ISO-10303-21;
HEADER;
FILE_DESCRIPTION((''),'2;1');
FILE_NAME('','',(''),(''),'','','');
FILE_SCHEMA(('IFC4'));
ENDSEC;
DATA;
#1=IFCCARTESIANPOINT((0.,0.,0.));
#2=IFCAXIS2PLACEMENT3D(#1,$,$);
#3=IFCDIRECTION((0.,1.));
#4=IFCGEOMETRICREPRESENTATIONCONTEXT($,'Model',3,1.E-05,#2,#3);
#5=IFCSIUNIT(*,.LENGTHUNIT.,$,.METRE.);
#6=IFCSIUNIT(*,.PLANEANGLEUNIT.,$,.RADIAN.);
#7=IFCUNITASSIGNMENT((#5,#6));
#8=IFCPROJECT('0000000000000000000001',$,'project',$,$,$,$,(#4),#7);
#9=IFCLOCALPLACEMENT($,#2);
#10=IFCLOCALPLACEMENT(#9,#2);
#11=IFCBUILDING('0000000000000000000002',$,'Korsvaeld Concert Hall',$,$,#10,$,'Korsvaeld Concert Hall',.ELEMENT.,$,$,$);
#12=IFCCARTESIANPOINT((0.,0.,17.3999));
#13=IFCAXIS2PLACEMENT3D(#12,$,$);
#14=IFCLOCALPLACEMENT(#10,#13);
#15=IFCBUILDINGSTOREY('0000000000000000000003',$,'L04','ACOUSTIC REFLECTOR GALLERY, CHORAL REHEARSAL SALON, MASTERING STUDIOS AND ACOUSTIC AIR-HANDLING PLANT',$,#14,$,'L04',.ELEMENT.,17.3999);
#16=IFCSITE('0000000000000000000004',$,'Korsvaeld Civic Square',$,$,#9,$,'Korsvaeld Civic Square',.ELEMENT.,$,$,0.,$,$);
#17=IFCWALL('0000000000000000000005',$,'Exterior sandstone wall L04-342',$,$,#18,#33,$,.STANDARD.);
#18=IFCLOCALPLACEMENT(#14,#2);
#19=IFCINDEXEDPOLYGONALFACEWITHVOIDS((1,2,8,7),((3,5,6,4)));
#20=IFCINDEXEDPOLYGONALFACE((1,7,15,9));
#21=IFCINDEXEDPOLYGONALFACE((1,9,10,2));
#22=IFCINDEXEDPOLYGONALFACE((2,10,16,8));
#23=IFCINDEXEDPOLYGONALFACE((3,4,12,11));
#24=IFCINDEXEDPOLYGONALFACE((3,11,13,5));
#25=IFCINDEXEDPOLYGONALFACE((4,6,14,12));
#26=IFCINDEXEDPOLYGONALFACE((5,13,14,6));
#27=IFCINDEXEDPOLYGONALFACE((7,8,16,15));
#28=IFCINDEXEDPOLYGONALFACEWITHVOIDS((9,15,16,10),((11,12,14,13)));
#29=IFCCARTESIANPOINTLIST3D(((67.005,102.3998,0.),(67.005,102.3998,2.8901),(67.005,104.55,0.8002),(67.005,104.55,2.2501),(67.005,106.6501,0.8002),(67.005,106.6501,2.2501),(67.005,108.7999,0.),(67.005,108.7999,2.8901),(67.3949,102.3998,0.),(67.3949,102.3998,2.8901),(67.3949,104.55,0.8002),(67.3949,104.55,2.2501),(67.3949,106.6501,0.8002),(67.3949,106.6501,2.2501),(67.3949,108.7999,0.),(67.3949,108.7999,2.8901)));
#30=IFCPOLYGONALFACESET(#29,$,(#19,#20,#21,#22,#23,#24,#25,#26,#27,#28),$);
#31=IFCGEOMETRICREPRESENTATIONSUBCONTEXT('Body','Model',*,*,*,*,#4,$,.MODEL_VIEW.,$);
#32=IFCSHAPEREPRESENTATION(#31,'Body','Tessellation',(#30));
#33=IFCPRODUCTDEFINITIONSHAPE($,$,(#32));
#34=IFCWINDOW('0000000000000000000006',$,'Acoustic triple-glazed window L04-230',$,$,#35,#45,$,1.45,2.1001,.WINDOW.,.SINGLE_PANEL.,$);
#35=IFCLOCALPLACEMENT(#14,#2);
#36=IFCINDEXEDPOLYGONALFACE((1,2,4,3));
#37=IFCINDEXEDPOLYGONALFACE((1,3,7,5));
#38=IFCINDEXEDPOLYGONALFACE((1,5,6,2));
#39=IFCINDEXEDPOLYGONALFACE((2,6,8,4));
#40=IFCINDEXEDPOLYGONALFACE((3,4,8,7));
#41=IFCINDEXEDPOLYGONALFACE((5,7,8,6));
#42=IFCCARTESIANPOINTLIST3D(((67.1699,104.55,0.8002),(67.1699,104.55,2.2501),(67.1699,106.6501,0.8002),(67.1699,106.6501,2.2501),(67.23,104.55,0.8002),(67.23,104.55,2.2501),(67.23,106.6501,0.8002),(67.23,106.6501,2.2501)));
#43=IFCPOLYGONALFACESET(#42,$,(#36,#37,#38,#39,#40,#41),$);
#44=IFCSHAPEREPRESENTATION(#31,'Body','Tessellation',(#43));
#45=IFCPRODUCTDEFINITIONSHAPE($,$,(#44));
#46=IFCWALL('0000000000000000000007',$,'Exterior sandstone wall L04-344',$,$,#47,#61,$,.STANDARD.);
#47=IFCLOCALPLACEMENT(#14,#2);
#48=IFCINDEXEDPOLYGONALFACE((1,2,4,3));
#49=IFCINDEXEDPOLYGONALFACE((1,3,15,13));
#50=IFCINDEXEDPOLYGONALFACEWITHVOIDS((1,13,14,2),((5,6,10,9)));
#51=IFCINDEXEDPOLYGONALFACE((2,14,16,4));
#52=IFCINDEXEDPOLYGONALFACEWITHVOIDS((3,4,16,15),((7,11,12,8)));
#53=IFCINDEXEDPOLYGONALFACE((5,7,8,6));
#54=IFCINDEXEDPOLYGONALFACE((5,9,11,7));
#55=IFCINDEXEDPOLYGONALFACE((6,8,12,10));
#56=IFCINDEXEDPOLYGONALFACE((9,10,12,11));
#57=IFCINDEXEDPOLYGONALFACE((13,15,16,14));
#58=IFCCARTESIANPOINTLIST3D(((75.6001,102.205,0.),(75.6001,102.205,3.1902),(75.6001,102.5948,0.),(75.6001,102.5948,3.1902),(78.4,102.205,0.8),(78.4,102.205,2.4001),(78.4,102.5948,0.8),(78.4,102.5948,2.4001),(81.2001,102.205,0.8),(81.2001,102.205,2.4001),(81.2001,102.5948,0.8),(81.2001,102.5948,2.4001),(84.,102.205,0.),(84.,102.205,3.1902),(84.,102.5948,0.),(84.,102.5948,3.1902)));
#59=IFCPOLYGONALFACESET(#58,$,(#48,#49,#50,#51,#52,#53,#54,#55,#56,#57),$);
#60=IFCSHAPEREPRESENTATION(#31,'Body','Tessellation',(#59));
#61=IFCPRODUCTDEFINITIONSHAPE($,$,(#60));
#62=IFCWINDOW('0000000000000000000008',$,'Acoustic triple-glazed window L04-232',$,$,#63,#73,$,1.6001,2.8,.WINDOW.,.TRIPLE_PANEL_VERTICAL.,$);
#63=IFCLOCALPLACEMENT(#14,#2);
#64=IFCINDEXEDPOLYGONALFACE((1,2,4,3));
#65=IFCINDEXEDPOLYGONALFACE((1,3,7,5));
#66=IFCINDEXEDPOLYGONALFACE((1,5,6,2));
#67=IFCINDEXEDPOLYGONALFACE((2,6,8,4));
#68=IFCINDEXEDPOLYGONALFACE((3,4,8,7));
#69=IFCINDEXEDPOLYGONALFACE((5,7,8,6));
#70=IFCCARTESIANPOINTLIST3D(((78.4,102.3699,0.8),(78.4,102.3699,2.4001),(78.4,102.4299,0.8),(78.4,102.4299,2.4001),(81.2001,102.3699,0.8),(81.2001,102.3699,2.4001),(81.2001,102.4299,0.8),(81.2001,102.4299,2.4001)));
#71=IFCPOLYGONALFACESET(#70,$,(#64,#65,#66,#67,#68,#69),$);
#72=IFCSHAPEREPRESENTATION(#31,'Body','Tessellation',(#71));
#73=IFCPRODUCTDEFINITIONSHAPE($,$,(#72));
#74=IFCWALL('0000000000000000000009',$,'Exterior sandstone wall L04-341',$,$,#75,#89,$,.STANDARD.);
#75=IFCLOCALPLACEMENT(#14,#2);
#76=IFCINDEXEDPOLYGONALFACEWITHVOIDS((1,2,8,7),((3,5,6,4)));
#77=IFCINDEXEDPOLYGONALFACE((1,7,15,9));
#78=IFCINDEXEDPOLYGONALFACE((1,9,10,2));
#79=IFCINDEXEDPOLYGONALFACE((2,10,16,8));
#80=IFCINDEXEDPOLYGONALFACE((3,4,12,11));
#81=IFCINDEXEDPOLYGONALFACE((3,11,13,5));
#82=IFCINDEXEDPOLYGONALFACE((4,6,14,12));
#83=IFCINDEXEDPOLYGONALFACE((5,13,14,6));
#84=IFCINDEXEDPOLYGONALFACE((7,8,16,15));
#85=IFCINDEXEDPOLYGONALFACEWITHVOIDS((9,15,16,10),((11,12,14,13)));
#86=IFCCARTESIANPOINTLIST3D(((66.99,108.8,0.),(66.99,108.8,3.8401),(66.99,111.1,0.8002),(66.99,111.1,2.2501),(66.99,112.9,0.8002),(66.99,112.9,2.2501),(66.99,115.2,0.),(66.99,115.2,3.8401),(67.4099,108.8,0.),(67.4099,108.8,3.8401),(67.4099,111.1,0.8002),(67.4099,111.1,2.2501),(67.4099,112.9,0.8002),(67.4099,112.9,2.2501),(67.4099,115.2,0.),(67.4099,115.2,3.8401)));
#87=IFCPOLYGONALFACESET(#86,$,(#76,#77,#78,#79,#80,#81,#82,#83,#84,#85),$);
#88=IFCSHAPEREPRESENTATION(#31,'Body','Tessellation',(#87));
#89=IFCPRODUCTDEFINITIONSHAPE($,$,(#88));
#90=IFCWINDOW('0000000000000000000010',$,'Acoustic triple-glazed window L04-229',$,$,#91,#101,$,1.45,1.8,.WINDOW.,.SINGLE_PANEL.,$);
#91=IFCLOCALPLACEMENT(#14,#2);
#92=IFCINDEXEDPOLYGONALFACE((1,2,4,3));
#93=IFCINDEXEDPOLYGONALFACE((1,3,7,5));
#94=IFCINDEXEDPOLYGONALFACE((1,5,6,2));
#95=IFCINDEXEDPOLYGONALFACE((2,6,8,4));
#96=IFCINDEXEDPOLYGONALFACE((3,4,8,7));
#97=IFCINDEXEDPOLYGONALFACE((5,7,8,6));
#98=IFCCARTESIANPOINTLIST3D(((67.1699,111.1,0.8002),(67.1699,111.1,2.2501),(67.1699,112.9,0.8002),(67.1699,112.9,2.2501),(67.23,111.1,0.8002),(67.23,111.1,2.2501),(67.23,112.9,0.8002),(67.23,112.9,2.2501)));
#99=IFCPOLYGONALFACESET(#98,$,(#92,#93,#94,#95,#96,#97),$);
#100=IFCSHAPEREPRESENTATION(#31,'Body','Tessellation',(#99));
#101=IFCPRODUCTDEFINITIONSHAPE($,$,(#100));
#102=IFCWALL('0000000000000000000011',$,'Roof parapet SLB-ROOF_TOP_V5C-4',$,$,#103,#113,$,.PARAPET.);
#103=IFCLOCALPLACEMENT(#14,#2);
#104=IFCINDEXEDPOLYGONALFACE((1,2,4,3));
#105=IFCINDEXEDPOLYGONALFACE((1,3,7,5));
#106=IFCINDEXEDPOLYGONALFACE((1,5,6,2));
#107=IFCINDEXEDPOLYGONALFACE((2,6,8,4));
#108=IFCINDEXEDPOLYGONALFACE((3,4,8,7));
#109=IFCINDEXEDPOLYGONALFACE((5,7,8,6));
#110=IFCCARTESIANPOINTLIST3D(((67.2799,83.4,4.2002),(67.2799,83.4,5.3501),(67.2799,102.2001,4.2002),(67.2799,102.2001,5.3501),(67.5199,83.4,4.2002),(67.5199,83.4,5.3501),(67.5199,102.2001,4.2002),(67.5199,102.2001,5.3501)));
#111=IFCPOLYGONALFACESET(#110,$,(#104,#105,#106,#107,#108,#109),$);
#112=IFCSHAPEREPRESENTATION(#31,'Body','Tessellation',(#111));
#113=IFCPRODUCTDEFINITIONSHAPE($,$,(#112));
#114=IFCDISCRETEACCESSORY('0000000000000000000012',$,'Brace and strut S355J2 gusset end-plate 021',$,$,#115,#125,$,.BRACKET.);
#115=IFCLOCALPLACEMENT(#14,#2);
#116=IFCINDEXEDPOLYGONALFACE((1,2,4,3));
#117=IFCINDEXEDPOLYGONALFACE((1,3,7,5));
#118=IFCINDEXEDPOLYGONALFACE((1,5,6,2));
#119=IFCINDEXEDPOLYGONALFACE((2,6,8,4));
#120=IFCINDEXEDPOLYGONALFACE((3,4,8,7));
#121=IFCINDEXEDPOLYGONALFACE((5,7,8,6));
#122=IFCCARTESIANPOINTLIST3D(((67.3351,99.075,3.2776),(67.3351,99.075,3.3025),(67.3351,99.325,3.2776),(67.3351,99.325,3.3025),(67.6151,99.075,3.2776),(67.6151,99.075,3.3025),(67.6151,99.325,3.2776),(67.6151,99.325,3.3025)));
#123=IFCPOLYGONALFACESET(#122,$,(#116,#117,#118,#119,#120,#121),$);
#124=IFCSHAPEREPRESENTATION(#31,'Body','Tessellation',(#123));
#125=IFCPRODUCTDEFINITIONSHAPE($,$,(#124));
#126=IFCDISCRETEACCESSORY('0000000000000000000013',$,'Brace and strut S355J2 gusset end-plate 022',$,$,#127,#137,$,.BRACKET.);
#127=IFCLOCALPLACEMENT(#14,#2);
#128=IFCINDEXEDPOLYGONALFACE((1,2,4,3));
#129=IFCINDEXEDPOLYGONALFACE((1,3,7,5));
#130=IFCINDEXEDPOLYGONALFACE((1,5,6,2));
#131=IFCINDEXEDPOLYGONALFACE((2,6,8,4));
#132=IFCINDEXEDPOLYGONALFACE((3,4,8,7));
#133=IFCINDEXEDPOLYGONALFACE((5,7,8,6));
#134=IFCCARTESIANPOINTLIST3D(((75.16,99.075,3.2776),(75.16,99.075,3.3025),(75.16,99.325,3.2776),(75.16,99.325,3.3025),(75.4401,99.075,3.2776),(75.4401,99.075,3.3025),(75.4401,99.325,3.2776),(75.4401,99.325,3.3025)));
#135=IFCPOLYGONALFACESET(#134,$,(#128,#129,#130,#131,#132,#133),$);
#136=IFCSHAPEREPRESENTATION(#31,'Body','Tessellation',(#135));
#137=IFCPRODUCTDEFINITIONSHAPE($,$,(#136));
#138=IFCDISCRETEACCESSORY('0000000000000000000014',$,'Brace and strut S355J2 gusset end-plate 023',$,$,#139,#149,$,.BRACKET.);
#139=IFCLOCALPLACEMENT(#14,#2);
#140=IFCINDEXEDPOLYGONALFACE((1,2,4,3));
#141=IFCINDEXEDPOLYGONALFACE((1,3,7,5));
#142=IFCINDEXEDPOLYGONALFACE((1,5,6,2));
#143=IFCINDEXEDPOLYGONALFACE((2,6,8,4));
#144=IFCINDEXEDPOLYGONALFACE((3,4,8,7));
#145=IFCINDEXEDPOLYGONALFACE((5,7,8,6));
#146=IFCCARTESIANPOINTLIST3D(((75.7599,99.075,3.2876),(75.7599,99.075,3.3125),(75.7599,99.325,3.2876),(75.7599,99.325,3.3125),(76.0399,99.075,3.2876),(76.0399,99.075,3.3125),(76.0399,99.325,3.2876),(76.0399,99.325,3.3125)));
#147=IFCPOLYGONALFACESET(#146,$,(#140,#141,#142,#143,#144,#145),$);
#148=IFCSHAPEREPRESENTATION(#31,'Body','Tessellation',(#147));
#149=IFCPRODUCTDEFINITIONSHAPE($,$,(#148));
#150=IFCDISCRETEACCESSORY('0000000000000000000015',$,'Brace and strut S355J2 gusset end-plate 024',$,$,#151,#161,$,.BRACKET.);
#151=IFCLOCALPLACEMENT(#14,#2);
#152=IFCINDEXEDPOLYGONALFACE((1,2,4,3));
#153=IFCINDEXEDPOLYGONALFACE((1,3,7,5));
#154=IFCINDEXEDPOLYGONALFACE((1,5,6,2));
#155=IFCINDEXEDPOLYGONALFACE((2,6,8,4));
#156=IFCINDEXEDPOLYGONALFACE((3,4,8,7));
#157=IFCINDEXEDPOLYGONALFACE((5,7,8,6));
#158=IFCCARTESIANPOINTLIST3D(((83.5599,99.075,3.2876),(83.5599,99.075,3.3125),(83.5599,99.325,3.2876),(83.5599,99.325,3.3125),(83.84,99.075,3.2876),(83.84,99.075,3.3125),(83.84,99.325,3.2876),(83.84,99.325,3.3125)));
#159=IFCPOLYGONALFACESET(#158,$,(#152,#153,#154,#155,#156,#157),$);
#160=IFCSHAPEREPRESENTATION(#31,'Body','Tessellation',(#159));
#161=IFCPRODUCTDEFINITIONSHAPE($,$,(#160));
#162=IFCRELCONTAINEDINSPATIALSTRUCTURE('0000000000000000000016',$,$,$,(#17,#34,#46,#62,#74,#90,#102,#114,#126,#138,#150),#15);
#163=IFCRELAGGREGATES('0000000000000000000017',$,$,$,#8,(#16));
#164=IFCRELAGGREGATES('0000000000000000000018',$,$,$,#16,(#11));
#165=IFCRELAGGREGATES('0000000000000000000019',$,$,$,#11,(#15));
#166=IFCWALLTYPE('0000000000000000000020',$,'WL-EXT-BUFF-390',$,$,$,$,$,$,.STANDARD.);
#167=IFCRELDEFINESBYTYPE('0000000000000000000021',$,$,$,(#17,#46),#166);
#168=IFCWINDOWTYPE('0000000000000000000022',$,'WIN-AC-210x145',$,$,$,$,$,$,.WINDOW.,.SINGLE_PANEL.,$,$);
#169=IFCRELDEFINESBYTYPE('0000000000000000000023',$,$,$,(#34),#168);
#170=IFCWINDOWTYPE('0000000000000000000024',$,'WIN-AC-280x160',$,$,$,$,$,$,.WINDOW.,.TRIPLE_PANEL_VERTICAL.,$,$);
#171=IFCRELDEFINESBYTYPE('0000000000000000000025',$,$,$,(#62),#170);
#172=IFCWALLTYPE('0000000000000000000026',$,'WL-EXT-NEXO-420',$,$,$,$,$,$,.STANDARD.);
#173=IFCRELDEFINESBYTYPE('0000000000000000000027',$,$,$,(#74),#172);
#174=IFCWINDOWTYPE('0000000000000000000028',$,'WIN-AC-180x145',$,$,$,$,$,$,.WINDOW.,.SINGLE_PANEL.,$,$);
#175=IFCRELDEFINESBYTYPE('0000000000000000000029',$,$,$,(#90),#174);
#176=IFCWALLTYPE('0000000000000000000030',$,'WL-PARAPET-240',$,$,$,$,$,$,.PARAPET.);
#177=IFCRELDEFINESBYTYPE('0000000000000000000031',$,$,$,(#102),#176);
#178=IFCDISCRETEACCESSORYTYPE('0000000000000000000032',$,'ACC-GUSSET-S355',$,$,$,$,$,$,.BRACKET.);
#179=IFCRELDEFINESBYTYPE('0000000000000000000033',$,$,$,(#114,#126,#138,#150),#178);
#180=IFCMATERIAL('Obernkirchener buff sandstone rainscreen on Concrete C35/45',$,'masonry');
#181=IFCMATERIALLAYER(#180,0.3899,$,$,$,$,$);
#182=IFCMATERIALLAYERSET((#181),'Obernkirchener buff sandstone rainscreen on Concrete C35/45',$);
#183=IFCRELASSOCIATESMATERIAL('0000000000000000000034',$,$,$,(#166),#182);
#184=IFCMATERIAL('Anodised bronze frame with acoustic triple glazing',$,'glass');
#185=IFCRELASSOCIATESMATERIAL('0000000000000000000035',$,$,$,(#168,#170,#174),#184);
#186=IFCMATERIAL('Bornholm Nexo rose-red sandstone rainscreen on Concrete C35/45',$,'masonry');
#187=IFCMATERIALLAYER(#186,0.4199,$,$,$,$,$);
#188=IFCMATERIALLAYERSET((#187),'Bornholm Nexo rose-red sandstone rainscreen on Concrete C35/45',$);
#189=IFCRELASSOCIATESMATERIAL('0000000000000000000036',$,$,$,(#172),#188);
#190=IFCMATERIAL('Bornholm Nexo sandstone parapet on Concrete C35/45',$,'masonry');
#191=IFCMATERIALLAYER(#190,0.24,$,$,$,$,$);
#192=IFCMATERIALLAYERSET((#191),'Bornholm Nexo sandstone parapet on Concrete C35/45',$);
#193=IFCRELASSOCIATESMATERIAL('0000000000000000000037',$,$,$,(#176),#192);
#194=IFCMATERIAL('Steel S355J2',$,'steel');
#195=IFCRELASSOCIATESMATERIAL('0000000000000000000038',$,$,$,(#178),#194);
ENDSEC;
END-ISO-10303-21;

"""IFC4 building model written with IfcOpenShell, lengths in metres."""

from ifc_helpers import new_model, si_unit, direction, frame, frame_2d, origin, origin_2d, place, context, subcontext, project, spatial, rectangle, extrude, material, layer, layer_set, type_object, element, fill, save


model = new_model("IFC4")

# Units and contexts
model_context = context("Model", 3, precision=1e-05, world=origin(), true_north=direction((0.0, 1.0)))
body_context = subcontext(model_context, "Body", "Model", "MODEL_VIEW")
ifc_project = project(units=[si_unit("LENGTHUNIT", "METRE"), si_unit("PLANEANGLEUNIT", "RADIAN")], contexts=[model_context])

# Site, building, storey
site_placement = place(None, origin())
site = spatial("IfcSite", under=ifc_project, at=site_placement, Name="Korsvaeld Civic Square", LongName="Korsvaeld Civic Square", CompositionType="ELEMENT", RefElevation=0.0)
building_placement = place(site_placement, origin())
building = spatial("IfcBuilding", under=site, at=building_placement, Name="Korsvaeld Concert Hall", LongName="Korsvaeld Concert Hall", CompositionType="ELEMENT")
storey_placement = place(building_placement, frame((0.0, 0.0, 17.3999)))
storey = spatial("IfcBuildingStorey", under=building, at=storey_placement, Name="L04", Description="ACOUSTIC REFLECTOR GALLERY, CHORAL REHEARSAL SALON, MASTERING STUDIOS AND ACOUSTIC AIR-HANDLING PLANT", LongName="L04", CompositionType="ELEMENT", Elevation=17.3999)

# Shared definitions
ifc_material_1 = material(Name="Steel S355J2", Category="steel")

# Walls, openings, windows
ifc_material_2 = material(Name="Obernkirchener buff sandstone rainscreen on Concrete C35/45", Category="masonry")
ifc_layer_1 = layer(ifc_material_2, 0.3899)
ifc_layer_set_1 = layer_set([ifc_layer_1], Name="Obernkirchener buff sandstone rainscreen on Concrete C35/45")
wall_type_1 = type_object("IfcWallType", Name="WL-EXT-BUFF-390", PredefinedType="STANDARD", material=ifc_layer_set_1)
wall_1_placement = place(storey_placement, frame((67.2, 108.8, 0.0), z_axis=(0.0, 0.0, 1.0), x_axis=(0.0, -1.0, 0.0)))
wall_1 = element("IfcWall", 1, at=wall_1_placement, inside=storey, type_object=wall_type_1, Name="Exterior sandstone wall L04-342", PredefinedType="STANDARD", context=body_context, shape_type="SweptSolid", body=[
    extrude(rectangle(XDim=6.4001, YDim=0.3899, at=frame_2d((3.2002, 0.0))), origin(), (0.0, 0.0, 1.0), 2.8901),
])
opening_1_placement = place(wall_1_placement, frame((2.1499, 0.0, 0.8)))
opening_1 = element("IfcOpeningElement", 2, at=opening_1_placement, cuts=wall_1, PredefinedType="OPENING", context=body_context, shape_type="SweptSolid", body=[
    extrude(rectangle(XDim=2.1001, YDim=1.45, at=frame_2d((1.05, 0.7251))), frame((0.0, 0.2051, 0.0), z_axis=(0.0, -1.0, 0.0), x_axis=(1.0, 0.0, 0.0)), (0.0, 0.0, 1.0), 0.4099),
])
ifc_material_3 = material(Name="Anodised bronze frame with acoustic triple glazing", Category="glass")
window_type_1 = type_object("IfcWindowType", Name="WIN-AC-210x145", PartitioningType="SINGLE_PANEL", PredefinedType="WINDOW", material=ifc_material_3)
window_1_placement = place(opening_1_placement, origin())
window_1 = element("IfcWindow", 3, at=window_1_placement, inside=storey, type_object=window_type_1, Name="Acoustic triple-glazed window L04-230", OverallHeight=1.45, OverallWidth=2.1001, PartitioningType="SINGLE_PANEL", PredefinedType="WINDOW", context=body_context, shape_type="SweptSolid", body=[
    extrude(rectangle(XDim=2.1001, YDim=1.45, at=frame_2d((1.05, 0.7251))), frame((0.0, 0.03, 0.0), z_axis=(0.0, -1.0, 0.0), x_axis=(1.0, 0.0, 0.0)), (0.0, 0.0, 1.0), 0.0601),
])
fill(opening_1, window_1)
wall_2_placement = place(storey_placement, frame((75.6001, 102.3999, 0.0), z_axis=(0.0, 0.0, 1.0), x_axis=(1.0, 0.0, 0.0)))
wall_2 = element("IfcWall", 4, at=wall_2_placement, inside=storey, type_object=wall_type_1, Name="Exterior sandstone wall L04-344", PredefinedType="STANDARD", context=body_context, shape_type="SweptSolid", body=[
    extrude(rectangle(XDim=8.3999, YDim=0.3899, at=frame_2d((4.2, 0.0))), origin(), (0.0, 0.0, 1.0), 3.1902),
])
opening_2_placement = place(wall_2_placement, frame((2.8, 0.0, 0.8)))
opening_2 = element("IfcOpeningElement", 5, at=opening_2_placement, cuts=wall_2, PredefinedType="OPENING", context=body_context, shape_type="SweptSolid", body=[
    extrude(rectangle(XDim=2.8, YDim=1.6001, at=frame_2d((1.3999, 0.8))), frame((0.0, 0.2051, 0.0), z_axis=(0.0, -1.0, 0.0), x_axis=(1.0, 0.0, 0.0)), (0.0, 0.0, 1.0), 0.4099),
])
window_type_2 = type_object("IfcWindowType", Name="WIN-AC-280x160", PartitioningType="TRIPLE_PANEL_VERTICAL", PredefinedType="WINDOW", material=ifc_material_3)
window_2_placement = place(opening_2_placement, origin())
window_2 = element("IfcWindow", 6, at=window_2_placement, inside=storey, type_object=window_type_2, Name="Acoustic triple-glazed window L04-232", OverallHeight=1.6001, OverallWidth=2.8, PartitioningType="TRIPLE_PANEL_VERTICAL", PredefinedType="WINDOW", context=body_context, shape_type="SweptSolid", body=[
    extrude(rectangle(XDim=2.8, YDim=1.6001, at=frame_2d((1.3999, 0.8))), frame((0.0, 0.03, 0.0), z_axis=(0.0, -1.0, 0.0), x_axis=(1.0, 0.0, 0.0)), (0.0, 0.0, 1.0), 0.0601),
])
fill(opening_2, window_2)
ifc_material_4 = material(Name="Bornholm Nexo rose-red sandstone rainscreen on Concrete C35/45", Category="masonry")
ifc_layer_2 = layer(ifc_material_4, 0.4199)
ifc_layer_set_2 = layer_set([ifc_layer_2], Name="Bornholm Nexo rose-red sandstone rainscreen on Concrete C35/45")
wall_type_2 = type_object("IfcWallType", Name="WL-EXT-NEXO-420", PredefinedType="STANDARD", material=ifc_layer_set_2)
wall_3_placement = place(storey_placement, frame((67.2, 115.2, 0.0), z_axis=(0.0, 0.0, 1.0), x_axis=(0.0, -1.0, 0.0)))
wall_3 = element("IfcWall", 7, at=wall_3_placement, inside=storey, type_object=wall_type_2, Name="Exterior sandstone wall L04-341", PredefinedType="STANDARD", context=body_context, shape_type="SweptSolid", body=[
    extrude(rectangle(XDim=6.3999, YDim=0.4199, at=frame_2d((3.2, 0.0))), origin(), (0.0, 0.0, 1.0), 3.8401),
])
opening_3_placement = place(wall_3_placement, frame((2.3, 0.0, 0.8)))
opening_3 = element("IfcOpeningElement", 8, at=opening_3_placement, cuts=wall_3, PredefinedType="OPENING", context=body_context, shape_type="SweptSolid", body=[
    extrude(rectangle(XDim=1.8, YDim=1.45, at=frame_2d((0.8999, 0.7251))), frame((0.0, 0.22, 0.0), z_axis=(0.0, -1.0, 0.0), x_axis=(1.0, 0.0, 0.0)), (0.0, 0.0, 1.0), 0.4399),
])
window_type_3 = type_object("IfcWindowType", Name="WIN-AC-180x145", PartitioningType="SINGLE_PANEL", PredefinedType="WINDOW", material=ifc_material_3)
window_3_placement = place(opening_3_placement, origin())
window_3 = element("IfcWindow", 9, at=window_3_placement, inside=storey, type_object=window_type_3, Name="Acoustic triple-glazed window L04-229", OverallHeight=1.45, OverallWidth=1.8, PartitioningType="SINGLE_PANEL", PredefinedType="WINDOW", context=body_context, shape_type="SweptSolid", body=[
    extrude(rectangle(XDim=1.8, YDim=1.45, at=frame_2d((0.8999, 0.7251))), frame((0.0, 0.03, 0.0), z_axis=(0.0, -1.0, 0.0), x_axis=(1.0, 0.0, 0.0)), (0.0, 0.0, 1.0), 0.0601),
])
fill(opening_3, window_3)

# Wall
ifc_material_5 = material(Name="Bornholm Nexo sandstone parapet on Concrete C35/45", Category="masonry")
ifc_layer_3 = layer(ifc_material_5, 0.24)
ifc_layer_set_3 = layer_set([ifc_layer_3], Name="Bornholm Nexo sandstone parapet on Concrete C35/45")
wall_type_3 = type_object("IfcWallType", Name="WL-PARAPET-240", PredefinedType="PARAPET", material=ifc_layer_set_3)
wall_4_placement = place(storey_placement, frame((67.3999, 102.2, 4.2002), z_axis=(0.0, 0.0, 1.0), x_axis=(0.0, -1.0, 0.0)))
element("IfcWall", 10, at=wall_4_placement, inside=storey, type_object=wall_type_3, Name="Roof parapet SLB-ROOF_TOP_V5C-4", PredefinedType="PARAPET", context=body_context, shape_type="SweptSolid", body=[
    extrude(rectangle(XDim=18.8, YDim=0.24, at=frame_2d((9.3999, 0.0))), origin(), (0.0, 0.0, 1.0), 1.1499),
])

# Discrete accessories
discrete_accessory_type = type_object("IfcDiscreteAccessoryType", Name="ACC-GUSSET-S355", PredefinedType="BRACKET", material=ifc_material_1)
for number, where, z_axis, x_axis, name in (
    (11, (67.4751, 99.2, 3.2776), (0.0, 0.0, 1.0), (1.0, 0.0, 0.0), "Brace and strut S355J2 gusset end-plate 021"),
    (12, (75.3, 99.2, 3.2776), (0.0, 0.0, 1.0), (1.0, 0.0, 0.0), "Brace and strut S355J2 gusset end-plate 022"),
    (13, (75.8999, 99.2, 3.2876), (0.0, 0.0, 1.0), (1.0, 0.0, 0.0), "Brace and strut S355J2 gusset end-plate 023"),
    (14, (83.7, 99.2, 3.2876), (0.0, 0.0, 1.0), (1.0, 0.0, 0.0), "Brace and strut S355J2 gusset end-plate 024"),
):
    element("IfcDiscreteAccessory", number, at=place(storey_placement, frame(where, z_axis=z_axis, x_axis=x_axis)), inside=storey, type_object=discrete_accessory_type, Name=name, PredefinedType="BRACKET", context=body_context, shape_type="SweptSolid", body=[
        extrude(rectangle(XDim=0.28, YDim=0.25, at=origin_2d()), origin(), (0.0, 0.0, 1.0), 0.0249),
    ])

save(model, "model.ifc")
